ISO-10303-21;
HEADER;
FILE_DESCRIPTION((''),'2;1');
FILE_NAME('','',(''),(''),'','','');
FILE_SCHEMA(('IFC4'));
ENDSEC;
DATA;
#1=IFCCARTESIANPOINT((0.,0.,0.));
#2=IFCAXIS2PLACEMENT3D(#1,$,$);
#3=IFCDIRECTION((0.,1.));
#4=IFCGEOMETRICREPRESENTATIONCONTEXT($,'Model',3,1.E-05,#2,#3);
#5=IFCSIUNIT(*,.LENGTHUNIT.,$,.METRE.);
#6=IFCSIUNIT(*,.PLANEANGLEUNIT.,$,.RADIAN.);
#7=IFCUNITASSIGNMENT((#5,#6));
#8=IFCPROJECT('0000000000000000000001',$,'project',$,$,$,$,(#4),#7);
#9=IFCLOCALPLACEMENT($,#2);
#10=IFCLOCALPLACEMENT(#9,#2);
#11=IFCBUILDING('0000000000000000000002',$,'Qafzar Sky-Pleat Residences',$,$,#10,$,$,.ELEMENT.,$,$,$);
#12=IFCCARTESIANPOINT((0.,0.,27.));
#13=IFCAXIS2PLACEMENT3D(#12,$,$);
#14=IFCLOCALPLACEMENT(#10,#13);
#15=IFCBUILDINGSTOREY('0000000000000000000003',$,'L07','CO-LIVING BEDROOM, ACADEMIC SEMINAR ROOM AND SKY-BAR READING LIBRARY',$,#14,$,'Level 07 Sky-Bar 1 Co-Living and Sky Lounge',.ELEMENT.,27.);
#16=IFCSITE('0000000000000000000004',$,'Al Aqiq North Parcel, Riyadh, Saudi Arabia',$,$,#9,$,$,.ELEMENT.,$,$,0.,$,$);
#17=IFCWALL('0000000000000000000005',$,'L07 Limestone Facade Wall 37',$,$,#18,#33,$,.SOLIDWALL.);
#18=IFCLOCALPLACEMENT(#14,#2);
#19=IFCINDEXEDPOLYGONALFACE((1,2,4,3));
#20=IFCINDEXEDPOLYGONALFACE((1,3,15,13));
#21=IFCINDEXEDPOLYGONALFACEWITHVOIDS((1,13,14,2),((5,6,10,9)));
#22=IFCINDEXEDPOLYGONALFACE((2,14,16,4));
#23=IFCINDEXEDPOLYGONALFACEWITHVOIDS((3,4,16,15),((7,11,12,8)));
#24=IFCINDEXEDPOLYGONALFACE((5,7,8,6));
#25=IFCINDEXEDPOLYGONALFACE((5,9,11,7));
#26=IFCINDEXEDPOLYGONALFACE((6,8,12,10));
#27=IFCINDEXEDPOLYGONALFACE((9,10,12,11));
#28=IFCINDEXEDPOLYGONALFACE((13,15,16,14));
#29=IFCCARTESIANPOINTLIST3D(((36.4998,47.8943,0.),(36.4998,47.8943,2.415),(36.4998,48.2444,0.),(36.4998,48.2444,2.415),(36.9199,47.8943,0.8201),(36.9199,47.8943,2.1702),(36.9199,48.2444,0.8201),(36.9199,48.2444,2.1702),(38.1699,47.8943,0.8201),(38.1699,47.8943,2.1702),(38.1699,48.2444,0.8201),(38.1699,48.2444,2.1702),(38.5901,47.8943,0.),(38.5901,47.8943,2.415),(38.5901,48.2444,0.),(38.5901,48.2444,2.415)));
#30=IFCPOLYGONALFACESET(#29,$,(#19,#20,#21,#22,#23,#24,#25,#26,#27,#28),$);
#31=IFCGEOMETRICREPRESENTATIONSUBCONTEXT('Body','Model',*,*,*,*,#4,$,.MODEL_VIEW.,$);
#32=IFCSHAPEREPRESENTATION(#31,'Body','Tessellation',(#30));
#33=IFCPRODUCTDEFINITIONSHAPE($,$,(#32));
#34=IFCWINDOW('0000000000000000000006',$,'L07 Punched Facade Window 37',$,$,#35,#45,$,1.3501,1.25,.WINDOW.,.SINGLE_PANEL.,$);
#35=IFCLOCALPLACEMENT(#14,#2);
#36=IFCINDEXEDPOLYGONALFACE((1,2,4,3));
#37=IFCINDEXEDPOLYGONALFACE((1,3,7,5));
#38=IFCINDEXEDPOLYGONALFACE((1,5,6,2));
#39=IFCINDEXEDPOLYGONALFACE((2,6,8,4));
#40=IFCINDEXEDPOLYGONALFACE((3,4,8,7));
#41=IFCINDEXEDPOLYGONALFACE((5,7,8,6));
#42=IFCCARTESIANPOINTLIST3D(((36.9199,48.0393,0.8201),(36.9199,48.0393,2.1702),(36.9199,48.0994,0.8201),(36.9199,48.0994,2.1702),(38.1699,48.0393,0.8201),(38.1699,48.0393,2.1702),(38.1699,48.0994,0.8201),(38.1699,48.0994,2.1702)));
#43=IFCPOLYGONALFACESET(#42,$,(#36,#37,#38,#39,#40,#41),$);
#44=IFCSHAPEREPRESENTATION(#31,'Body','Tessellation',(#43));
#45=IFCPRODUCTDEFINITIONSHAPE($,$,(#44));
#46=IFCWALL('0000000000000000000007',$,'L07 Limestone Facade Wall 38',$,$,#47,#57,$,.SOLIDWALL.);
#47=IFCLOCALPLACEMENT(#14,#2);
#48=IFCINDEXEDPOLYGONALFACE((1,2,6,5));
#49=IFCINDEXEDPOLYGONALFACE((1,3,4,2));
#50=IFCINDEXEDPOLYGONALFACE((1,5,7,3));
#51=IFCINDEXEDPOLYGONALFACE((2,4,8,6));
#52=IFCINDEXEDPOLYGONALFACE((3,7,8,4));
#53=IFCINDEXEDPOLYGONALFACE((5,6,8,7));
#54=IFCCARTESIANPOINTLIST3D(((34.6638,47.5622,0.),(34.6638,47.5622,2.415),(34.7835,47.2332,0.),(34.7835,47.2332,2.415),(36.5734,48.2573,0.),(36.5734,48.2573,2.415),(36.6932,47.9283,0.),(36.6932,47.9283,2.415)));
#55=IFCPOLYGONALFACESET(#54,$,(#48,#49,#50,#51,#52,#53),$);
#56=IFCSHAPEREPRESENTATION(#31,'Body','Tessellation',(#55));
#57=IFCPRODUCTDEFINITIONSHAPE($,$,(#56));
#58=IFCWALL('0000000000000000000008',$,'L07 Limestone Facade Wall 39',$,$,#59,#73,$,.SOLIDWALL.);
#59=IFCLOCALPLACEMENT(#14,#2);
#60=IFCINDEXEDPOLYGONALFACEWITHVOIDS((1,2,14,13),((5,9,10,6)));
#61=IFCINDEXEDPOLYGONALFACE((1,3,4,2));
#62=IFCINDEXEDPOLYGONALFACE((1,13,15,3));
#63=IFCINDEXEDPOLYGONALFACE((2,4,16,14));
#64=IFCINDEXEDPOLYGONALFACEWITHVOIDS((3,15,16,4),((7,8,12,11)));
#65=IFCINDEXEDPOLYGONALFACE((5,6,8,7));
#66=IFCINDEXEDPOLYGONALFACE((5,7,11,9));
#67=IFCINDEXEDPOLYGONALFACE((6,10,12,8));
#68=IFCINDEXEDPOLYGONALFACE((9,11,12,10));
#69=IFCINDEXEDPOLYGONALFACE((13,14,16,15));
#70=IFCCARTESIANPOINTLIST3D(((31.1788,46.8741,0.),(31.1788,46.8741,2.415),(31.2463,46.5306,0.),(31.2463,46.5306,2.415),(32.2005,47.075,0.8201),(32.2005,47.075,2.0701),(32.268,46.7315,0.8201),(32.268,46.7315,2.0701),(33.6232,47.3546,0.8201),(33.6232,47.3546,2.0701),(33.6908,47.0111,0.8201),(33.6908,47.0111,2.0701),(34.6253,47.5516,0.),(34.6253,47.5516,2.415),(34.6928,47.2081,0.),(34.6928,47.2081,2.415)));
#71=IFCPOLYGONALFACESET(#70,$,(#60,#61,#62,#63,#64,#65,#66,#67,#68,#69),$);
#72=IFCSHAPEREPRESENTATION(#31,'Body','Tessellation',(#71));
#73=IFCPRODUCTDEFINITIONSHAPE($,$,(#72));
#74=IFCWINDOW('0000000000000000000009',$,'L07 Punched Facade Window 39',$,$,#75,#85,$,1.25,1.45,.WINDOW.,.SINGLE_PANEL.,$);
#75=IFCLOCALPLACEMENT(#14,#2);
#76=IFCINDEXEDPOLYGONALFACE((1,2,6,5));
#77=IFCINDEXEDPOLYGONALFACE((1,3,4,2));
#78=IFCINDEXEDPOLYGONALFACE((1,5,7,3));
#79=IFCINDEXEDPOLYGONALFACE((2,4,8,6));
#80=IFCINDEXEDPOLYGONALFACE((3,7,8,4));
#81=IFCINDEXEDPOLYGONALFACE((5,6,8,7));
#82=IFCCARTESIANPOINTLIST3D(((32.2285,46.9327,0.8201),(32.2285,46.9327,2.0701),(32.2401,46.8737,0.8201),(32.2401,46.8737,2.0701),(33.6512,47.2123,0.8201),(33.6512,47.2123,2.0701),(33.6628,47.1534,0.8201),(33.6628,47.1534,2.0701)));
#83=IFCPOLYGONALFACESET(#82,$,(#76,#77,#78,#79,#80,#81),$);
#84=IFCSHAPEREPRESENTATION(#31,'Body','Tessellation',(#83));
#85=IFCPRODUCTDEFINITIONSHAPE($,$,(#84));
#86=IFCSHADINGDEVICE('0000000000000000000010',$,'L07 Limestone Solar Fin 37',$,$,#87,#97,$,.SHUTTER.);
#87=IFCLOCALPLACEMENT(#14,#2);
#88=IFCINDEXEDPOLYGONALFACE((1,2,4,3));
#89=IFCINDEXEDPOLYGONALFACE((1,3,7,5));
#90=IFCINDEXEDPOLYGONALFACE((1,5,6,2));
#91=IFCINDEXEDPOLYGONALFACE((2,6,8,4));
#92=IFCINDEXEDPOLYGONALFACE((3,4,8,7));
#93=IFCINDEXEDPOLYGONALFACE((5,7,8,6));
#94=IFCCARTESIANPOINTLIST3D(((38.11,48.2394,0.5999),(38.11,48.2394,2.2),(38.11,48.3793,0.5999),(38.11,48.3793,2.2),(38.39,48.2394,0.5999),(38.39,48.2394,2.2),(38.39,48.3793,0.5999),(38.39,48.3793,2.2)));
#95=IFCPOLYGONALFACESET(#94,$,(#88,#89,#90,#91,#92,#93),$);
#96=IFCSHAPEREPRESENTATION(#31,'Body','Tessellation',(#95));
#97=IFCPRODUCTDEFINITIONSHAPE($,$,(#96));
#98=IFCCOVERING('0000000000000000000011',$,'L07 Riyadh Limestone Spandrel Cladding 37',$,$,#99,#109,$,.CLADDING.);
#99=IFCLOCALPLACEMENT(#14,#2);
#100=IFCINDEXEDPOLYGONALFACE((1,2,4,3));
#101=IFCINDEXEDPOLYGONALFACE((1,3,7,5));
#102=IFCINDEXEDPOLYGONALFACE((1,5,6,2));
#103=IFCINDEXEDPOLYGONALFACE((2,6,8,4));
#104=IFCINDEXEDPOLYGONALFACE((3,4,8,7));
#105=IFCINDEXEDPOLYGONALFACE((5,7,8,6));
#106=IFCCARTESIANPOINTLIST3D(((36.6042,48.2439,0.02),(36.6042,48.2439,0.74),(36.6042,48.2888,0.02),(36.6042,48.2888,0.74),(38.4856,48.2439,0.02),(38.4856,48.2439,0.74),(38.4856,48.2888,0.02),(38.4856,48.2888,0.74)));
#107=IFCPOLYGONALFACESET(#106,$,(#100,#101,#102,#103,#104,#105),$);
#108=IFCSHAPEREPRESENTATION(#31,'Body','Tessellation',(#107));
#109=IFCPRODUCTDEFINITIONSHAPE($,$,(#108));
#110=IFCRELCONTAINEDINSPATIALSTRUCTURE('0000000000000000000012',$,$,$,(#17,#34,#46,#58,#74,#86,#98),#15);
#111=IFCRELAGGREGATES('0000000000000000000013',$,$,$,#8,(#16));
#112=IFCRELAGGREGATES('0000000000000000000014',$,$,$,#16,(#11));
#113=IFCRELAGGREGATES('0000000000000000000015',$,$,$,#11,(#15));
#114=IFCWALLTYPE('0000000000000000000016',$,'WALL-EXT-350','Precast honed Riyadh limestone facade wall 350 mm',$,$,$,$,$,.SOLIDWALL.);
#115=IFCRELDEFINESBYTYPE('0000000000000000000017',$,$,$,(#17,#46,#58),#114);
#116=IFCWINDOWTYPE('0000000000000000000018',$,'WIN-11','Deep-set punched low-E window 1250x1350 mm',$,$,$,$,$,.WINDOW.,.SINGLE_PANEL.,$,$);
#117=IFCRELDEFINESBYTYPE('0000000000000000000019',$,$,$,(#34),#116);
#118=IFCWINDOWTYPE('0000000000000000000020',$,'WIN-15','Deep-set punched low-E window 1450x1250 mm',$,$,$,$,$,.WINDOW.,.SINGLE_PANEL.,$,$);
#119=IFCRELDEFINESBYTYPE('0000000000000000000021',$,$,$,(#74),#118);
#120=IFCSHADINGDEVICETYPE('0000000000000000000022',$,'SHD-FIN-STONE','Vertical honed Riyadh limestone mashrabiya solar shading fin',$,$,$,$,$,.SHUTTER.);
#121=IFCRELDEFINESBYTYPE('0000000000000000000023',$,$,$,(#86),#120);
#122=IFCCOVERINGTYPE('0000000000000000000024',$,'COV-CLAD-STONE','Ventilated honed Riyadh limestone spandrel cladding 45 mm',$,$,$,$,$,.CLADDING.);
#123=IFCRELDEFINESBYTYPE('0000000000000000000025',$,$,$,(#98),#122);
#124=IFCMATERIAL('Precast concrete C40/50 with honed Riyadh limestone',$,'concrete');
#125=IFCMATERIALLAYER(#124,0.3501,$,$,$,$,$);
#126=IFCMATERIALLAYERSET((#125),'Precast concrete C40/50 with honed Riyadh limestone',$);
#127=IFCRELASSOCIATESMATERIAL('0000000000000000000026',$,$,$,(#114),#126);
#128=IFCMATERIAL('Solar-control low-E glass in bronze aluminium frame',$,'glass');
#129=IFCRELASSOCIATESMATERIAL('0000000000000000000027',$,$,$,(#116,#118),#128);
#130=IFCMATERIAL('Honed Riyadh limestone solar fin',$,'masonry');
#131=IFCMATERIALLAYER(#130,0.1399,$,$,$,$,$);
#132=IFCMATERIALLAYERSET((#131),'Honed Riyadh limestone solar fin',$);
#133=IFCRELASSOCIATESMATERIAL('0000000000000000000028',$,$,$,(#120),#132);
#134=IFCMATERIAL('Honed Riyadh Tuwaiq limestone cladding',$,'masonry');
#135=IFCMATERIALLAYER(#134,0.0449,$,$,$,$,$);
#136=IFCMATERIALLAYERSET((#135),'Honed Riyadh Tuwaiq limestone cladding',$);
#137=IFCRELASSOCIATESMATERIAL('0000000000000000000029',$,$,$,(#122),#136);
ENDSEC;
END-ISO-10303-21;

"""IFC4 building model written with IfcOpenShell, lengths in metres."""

from ifc_helpers import new_model, si_unit, direction, frame, frame_2d, origin, origin_2d, place, context, subcontext, project, spatial, rectangle, extrude, source, transform, mapped, material, layer, layer_set, type_object, element, fill, save


model = new_model("IFC4")

# Units and contexts
model_context = context("Model", 3, precision=1e-05, world=origin(), true_north=direction((0.0, 1.0)))
body_context = subcontext(model_context, "Body", "Model", "MODEL_VIEW")
ifc_project = project(units=[si_unit("LENGTHUNIT", "METRE"), si_unit("PLANEANGLEUNIT", "RADIAN")], contexts=[model_context])

# Site, building, storey
site_placement = place(None, origin())
site = spatial("IfcSite", under=ifc_project, at=site_placement, Name="Al Aqiq North Parcel, Riyadh, Saudi Arabia", CompositionType="ELEMENT", RefElevation=0.0)
building_placement = place(site_placement, origin())
building = spatial("IfcBuilding", under=site, at=building_placement, Name="Qafzar Sky-Pleat Residences", CompositionType="ELEMENT")
storey_placement = place(building_placement, frame((0.0, 0.0, 27.0)))
storey = spatial("IfcBuildingStorey", under=building, at=storey_placement, Name="L07", Description="CO-LIVING BEDROOM, ACADEMIC SEMINAR ROOM AND SKY-BAR READING LIBRARY", LongName="Level 07 Sky-Bar 1 Co-Living and Sky Lounge", CompositionType="ELEMENT", Elevation=27.0)

# Wall, opening, window
ifc_material_1 = material(Name="Precast concrete C40/50 with honed Riyadh limestone", Category="concrete")
ifc_layer_1 = layer(ifc_material_1, 0.3501)
ifc_layer_set_1 = layer_set([ifc_layer_1], Name="Precast concrete C40/50 with honed Riyadh limestone")
wall_type_1 = type_object("IfcWallType", Name="WALL-EXT-350", Description="Precast honed Riyadh limestone facade wall 350 mm", PredefinedType="SOLIDWALL", material=ifc_layer_set_1)
wall_1_placement = place(storey_placement, frame((38.5901, 48.0693, 0.0), z_axis=(0.0, 0.0, 1.0), x_axis=(-1.0, 0.0, 0.0)))
wall_1 = element("IfcWall", 1, at=wall_1_placement, inside=storey, type_object=wall_type_1, Name="L07 Limestone Facade Wall 37", PredefinedType="SOLIDWALL", context=body_context, shape_type="SweptSolid", body=[
    extrude(rectangle(XDim=2.0903, YDim=0.3501, at=frame_2d((1.0452, 0.0))), origin(), (0.0, 0.0, 1.0), 2.415),
])
opening_1_placement = place(wall_1_placement, frame((0.4202, 0.0, 0.8201)))
opening_1 = element("IfcOpeningElement", 2, at=opening_1_placement, cuts=wall_1, PredefinedType="OPENING", context=body_context, shape_type="SweptSolid", body=[
    extrude(rectangle(XDim=1.25, YDim=1.3501, at=frame_2d((0.625, 0.675))), frame((0.0, 0.1851, 0.0), z_axis=(0.0, -1.0, 0.0), x_axis=(1.0, 0.0, 0.0)), (0.0, 0.0, 1.0), 0.3701),
])
ifc_material_2 = material(Name="Solar-control low-E glass in bronze aluminium frame", Category="glass")
window_type_1 = type_object("IfcWindowType", Name="WIN-11", Description="Deep-set punched low-E window 1250x1350 mm", PartitioningType="SINGLE_PANEL", PredefinedType="WINDOW", material=ifc_material_2)
shared_shape_1 = source(origin(), body_context, "Body", "SweptSolid", [
    extrude(rectangle(XDim=1.25, YDim=1.3501, at=frame_2d((0.625, 0.675))), frame((0.0, 0.03, 0.0), z_axis=(0.0, -1.0, 0.0), x_axis=(1.0, 0.0, 0.0)), (0.0, 0.0, 1.0), 0.0601),
])
window_1_placement = place(opening_1_placement, origin())
window_1 = element("IfcWindow", 3, at=window_1_placement, inside=storey, type_object=window_type_1, Name="L07 Punched Facade Window 37", OverallHeight=1.3501, OverallWidth=1.25, PartitioningType="SINGLE_PANEL", PredefinedType="WINDOW", context=body_context, shape_type="MappedRepresentation", body=[
    mapped(shared_shape_1, transform((0.0, 0.0, 0.0), x_axis=(1.0, 0.0, 0.0), y_axis=(0.0, 1.0, 0.0), z_axis=(0.0, 0.0, 1.0), scale=1.0)),
])
fill(opening_1, window_1)

# Wall
wall_2_placement = place(storey_placement, frame((36.6333, 48.0928, 0.0), z_axis=(0.0, 0.0, 1.0), x_axis=(-0.939692, -0.342023, 0.0)))
element("IfcWall", 4, at=wall_2_placement, inside=storey, type_object=wall_type_1, Name="L07 Limestone Facade Wall 38", PredefinedType="SOLIDWALL", context=body_context, shape_type="SweptSolid", body=[
    extrude(rectangle(XDim=2.0322, YDim=0.3501, at=frame_2d((1.0161, 0.0))), origin(), (0.0, 0.0, 1.0), 2.415),
])

# Wall, opening, window
wall_3_placement = place(storey_placement, frame((34.6592, 47.3799, 0.0), z_axis=(0.0, 0.0, 1.0), x_axis=(-0.981222, -0.19288, 0.0)))
wall_3 = element("IfcWall", 5, at=wall_3_placement, inside=storey, type_object=wall_type_1, Name="L07 Limestone Facade Wall 39", PredefinedType="SOLIDWALL", context=body_context, shape_type="SweptSolid", body=[
    extrude(rectangle(XDim=3.5125, YDim=0.3501, at=frame_2d((1.7563, 0.0))), origin(), (0.0, 0.0, 1.0), 2.415),
])
opening_2_placement = place(wall_3_placement, frame((1.0212, 0.0, 0.8201)))
opening_2 = element("IfcOpeningElement", 6, at=opening_2_placement, cuts=wall_3, PredefinedType="OPENING", context=body_context, shape_type="SweptSolid", body=[
    extrude(rectangle(XDim=1.45, YDim=1.25, at=frame_2d((0.7251, 0.625))), frame((0.0, 0.1851, 0.0), z_axis=(0.0, -1.0, 0.0), x_axis=(1.0, 0.0, 0.0)), (0.0, 0.0, 1.0), 0.3701),
])
window_type_2 = type_object("IfcWindowType", Name="WIN-15", Description="Deep-set punched low-E window 1450x1250 mm", PartitioningType="SINGLE_PANEL", PredefinedType="WINDOW", material=ifc_material_2)
shared_shape_2 = source(origin(), body_context, "Body", "SweptSolid", [
    extrude(rectangle(XDim=1.45, YDim=1.25, at=frame_2d((0.7251, 0.625))), frame((0.0, 0.03, 0.0), z_axis=(0.0, -1.0, 0.0), x_axis=(1.0, 0.0, 0.0)), (0.0, 0.0, 1.0), 0.0601),
])
window_2_placement = place(opening_2_placement, origin())
window_2 = element("IfcWindow", 7, at=window_2_placement, inside=storey, type_object=window_type_2, Name="L07 Punched Facade Window 39", OverallHeight=1.25, OverallWidth=1.45, PartitioningType="SINGLE_PANEL", PredefinedType="WINDOW", context=body_context, shape_type="MappedRepresentation", body=[
    mapped(shared_shape_2, transform((0.0, 0.0, 0.0), x_axis=(1.0, 0.0, 0.0), y_axis=(0.0, 1.0, 0.0), z_axis=(0.0, 0.0, 1.0), scale=1.0)),
])
fill(opening_2, window_2)

# Shading device
ifc_material_3 = material(Name="Honed Riyadh limestone solar fin", Category="masonry")
ifc_layer_2 = layer(ifc_material_3, 0.1399)
ifc_layer_set_2 = layer_set([ifc_layer_2], Name="Honed Riyadh limestone solar fin")
shading_device_type = type_object("IfcShadingDeviceType", Name="SHD-FIN-STONE", Description="Vertical honed Riyadh limestone mashrabiya solar shading fin", PredefinedType="SHUTTER", material=ifc_layer_set_2)
shared_shape_3 = source(origin(), body_context, "Body", "SweptSolid", [
    extrude(rectangle(XDim=0.1399, YDim=0.28, at=origin_2d()), origin(), (0.0, 0.0, 1.0), 1.6001),
])
shading_device_placement = place(storey_placement, frame((38.25, 48.3093, 0.5999), z_axis=(0.0, 0.0, 1.0), x_axis=(0.0, 1.0, 0.0)))
element("IfcShadingDevice", 8, at=shading_device_placement, inside=storey, type_object=shading_device_type, Name="L07 Limestone Solar Fin 37", PredefinedType="SHUTTER", context=body_context, shape_type="MappedRepresentation", body=[
    mapped(shared_shape_3, transform((0.0, 0.0, 0.0), x_axis=(1.0, 0.0, 0.0), y_axis=(0.0, 1.0, 0.0), z_axis=(0.0, 0.0, 1.0), scale=1.0)),
])

# Covering
ifc_material_4 = material(Name="Honed Riyadh Tuwaiq limestone cladding", Category="masonry")
ifc_layer_3 = layer(ifc_material_4, 0.0449)
ifc_layer_set_3 = layer_set([ifc_layer_3], Name="Honed Riyadh Tuwaiq limestone cladding")
covering_type = type_object("IfcCoveringType", Name="COV-CLAD-STONE", Description="Ventilated honed Riyadh limestone spandrel cladding 45 mm", PredefinedType="CLADDING", material=ifc_layer_set_3)
shared_shape_4 = source(origin(), body_context, "Body", "SweptSolid", [
    extrude(rectangle(XDim=1.8813, YDim=0.0449, at=origin_2d()), origin(), (0.0, 0.0, 1.0), 0.72),
])
covering_placement = place(storey_placement, frame((37.5449, 48.2664, 0.02), z_axis=(0.0, 0.0, 1.0), x_axis=(-1.0, 0.0, 0.0)))
element("IfcCovering", 9, at=covering_placement, inside=storey, type_object=covering_type, Name="L07 Riyadh Limestone Spandrel Cladding 37", PredefinedType="CLADDING", context=body_context, shape_type="MappedRepresentation", body=[
    mapped(shared_shape_4, transform((0.0, 0.0, 0.0), x_axis=(1.0, 0.0, 0.0), y_axis=(0.0, 1.0, 0.0), z_axis=(0.0, 0.0, 1.0), scale=1.0)),
])

save(model, "model.ifc")
